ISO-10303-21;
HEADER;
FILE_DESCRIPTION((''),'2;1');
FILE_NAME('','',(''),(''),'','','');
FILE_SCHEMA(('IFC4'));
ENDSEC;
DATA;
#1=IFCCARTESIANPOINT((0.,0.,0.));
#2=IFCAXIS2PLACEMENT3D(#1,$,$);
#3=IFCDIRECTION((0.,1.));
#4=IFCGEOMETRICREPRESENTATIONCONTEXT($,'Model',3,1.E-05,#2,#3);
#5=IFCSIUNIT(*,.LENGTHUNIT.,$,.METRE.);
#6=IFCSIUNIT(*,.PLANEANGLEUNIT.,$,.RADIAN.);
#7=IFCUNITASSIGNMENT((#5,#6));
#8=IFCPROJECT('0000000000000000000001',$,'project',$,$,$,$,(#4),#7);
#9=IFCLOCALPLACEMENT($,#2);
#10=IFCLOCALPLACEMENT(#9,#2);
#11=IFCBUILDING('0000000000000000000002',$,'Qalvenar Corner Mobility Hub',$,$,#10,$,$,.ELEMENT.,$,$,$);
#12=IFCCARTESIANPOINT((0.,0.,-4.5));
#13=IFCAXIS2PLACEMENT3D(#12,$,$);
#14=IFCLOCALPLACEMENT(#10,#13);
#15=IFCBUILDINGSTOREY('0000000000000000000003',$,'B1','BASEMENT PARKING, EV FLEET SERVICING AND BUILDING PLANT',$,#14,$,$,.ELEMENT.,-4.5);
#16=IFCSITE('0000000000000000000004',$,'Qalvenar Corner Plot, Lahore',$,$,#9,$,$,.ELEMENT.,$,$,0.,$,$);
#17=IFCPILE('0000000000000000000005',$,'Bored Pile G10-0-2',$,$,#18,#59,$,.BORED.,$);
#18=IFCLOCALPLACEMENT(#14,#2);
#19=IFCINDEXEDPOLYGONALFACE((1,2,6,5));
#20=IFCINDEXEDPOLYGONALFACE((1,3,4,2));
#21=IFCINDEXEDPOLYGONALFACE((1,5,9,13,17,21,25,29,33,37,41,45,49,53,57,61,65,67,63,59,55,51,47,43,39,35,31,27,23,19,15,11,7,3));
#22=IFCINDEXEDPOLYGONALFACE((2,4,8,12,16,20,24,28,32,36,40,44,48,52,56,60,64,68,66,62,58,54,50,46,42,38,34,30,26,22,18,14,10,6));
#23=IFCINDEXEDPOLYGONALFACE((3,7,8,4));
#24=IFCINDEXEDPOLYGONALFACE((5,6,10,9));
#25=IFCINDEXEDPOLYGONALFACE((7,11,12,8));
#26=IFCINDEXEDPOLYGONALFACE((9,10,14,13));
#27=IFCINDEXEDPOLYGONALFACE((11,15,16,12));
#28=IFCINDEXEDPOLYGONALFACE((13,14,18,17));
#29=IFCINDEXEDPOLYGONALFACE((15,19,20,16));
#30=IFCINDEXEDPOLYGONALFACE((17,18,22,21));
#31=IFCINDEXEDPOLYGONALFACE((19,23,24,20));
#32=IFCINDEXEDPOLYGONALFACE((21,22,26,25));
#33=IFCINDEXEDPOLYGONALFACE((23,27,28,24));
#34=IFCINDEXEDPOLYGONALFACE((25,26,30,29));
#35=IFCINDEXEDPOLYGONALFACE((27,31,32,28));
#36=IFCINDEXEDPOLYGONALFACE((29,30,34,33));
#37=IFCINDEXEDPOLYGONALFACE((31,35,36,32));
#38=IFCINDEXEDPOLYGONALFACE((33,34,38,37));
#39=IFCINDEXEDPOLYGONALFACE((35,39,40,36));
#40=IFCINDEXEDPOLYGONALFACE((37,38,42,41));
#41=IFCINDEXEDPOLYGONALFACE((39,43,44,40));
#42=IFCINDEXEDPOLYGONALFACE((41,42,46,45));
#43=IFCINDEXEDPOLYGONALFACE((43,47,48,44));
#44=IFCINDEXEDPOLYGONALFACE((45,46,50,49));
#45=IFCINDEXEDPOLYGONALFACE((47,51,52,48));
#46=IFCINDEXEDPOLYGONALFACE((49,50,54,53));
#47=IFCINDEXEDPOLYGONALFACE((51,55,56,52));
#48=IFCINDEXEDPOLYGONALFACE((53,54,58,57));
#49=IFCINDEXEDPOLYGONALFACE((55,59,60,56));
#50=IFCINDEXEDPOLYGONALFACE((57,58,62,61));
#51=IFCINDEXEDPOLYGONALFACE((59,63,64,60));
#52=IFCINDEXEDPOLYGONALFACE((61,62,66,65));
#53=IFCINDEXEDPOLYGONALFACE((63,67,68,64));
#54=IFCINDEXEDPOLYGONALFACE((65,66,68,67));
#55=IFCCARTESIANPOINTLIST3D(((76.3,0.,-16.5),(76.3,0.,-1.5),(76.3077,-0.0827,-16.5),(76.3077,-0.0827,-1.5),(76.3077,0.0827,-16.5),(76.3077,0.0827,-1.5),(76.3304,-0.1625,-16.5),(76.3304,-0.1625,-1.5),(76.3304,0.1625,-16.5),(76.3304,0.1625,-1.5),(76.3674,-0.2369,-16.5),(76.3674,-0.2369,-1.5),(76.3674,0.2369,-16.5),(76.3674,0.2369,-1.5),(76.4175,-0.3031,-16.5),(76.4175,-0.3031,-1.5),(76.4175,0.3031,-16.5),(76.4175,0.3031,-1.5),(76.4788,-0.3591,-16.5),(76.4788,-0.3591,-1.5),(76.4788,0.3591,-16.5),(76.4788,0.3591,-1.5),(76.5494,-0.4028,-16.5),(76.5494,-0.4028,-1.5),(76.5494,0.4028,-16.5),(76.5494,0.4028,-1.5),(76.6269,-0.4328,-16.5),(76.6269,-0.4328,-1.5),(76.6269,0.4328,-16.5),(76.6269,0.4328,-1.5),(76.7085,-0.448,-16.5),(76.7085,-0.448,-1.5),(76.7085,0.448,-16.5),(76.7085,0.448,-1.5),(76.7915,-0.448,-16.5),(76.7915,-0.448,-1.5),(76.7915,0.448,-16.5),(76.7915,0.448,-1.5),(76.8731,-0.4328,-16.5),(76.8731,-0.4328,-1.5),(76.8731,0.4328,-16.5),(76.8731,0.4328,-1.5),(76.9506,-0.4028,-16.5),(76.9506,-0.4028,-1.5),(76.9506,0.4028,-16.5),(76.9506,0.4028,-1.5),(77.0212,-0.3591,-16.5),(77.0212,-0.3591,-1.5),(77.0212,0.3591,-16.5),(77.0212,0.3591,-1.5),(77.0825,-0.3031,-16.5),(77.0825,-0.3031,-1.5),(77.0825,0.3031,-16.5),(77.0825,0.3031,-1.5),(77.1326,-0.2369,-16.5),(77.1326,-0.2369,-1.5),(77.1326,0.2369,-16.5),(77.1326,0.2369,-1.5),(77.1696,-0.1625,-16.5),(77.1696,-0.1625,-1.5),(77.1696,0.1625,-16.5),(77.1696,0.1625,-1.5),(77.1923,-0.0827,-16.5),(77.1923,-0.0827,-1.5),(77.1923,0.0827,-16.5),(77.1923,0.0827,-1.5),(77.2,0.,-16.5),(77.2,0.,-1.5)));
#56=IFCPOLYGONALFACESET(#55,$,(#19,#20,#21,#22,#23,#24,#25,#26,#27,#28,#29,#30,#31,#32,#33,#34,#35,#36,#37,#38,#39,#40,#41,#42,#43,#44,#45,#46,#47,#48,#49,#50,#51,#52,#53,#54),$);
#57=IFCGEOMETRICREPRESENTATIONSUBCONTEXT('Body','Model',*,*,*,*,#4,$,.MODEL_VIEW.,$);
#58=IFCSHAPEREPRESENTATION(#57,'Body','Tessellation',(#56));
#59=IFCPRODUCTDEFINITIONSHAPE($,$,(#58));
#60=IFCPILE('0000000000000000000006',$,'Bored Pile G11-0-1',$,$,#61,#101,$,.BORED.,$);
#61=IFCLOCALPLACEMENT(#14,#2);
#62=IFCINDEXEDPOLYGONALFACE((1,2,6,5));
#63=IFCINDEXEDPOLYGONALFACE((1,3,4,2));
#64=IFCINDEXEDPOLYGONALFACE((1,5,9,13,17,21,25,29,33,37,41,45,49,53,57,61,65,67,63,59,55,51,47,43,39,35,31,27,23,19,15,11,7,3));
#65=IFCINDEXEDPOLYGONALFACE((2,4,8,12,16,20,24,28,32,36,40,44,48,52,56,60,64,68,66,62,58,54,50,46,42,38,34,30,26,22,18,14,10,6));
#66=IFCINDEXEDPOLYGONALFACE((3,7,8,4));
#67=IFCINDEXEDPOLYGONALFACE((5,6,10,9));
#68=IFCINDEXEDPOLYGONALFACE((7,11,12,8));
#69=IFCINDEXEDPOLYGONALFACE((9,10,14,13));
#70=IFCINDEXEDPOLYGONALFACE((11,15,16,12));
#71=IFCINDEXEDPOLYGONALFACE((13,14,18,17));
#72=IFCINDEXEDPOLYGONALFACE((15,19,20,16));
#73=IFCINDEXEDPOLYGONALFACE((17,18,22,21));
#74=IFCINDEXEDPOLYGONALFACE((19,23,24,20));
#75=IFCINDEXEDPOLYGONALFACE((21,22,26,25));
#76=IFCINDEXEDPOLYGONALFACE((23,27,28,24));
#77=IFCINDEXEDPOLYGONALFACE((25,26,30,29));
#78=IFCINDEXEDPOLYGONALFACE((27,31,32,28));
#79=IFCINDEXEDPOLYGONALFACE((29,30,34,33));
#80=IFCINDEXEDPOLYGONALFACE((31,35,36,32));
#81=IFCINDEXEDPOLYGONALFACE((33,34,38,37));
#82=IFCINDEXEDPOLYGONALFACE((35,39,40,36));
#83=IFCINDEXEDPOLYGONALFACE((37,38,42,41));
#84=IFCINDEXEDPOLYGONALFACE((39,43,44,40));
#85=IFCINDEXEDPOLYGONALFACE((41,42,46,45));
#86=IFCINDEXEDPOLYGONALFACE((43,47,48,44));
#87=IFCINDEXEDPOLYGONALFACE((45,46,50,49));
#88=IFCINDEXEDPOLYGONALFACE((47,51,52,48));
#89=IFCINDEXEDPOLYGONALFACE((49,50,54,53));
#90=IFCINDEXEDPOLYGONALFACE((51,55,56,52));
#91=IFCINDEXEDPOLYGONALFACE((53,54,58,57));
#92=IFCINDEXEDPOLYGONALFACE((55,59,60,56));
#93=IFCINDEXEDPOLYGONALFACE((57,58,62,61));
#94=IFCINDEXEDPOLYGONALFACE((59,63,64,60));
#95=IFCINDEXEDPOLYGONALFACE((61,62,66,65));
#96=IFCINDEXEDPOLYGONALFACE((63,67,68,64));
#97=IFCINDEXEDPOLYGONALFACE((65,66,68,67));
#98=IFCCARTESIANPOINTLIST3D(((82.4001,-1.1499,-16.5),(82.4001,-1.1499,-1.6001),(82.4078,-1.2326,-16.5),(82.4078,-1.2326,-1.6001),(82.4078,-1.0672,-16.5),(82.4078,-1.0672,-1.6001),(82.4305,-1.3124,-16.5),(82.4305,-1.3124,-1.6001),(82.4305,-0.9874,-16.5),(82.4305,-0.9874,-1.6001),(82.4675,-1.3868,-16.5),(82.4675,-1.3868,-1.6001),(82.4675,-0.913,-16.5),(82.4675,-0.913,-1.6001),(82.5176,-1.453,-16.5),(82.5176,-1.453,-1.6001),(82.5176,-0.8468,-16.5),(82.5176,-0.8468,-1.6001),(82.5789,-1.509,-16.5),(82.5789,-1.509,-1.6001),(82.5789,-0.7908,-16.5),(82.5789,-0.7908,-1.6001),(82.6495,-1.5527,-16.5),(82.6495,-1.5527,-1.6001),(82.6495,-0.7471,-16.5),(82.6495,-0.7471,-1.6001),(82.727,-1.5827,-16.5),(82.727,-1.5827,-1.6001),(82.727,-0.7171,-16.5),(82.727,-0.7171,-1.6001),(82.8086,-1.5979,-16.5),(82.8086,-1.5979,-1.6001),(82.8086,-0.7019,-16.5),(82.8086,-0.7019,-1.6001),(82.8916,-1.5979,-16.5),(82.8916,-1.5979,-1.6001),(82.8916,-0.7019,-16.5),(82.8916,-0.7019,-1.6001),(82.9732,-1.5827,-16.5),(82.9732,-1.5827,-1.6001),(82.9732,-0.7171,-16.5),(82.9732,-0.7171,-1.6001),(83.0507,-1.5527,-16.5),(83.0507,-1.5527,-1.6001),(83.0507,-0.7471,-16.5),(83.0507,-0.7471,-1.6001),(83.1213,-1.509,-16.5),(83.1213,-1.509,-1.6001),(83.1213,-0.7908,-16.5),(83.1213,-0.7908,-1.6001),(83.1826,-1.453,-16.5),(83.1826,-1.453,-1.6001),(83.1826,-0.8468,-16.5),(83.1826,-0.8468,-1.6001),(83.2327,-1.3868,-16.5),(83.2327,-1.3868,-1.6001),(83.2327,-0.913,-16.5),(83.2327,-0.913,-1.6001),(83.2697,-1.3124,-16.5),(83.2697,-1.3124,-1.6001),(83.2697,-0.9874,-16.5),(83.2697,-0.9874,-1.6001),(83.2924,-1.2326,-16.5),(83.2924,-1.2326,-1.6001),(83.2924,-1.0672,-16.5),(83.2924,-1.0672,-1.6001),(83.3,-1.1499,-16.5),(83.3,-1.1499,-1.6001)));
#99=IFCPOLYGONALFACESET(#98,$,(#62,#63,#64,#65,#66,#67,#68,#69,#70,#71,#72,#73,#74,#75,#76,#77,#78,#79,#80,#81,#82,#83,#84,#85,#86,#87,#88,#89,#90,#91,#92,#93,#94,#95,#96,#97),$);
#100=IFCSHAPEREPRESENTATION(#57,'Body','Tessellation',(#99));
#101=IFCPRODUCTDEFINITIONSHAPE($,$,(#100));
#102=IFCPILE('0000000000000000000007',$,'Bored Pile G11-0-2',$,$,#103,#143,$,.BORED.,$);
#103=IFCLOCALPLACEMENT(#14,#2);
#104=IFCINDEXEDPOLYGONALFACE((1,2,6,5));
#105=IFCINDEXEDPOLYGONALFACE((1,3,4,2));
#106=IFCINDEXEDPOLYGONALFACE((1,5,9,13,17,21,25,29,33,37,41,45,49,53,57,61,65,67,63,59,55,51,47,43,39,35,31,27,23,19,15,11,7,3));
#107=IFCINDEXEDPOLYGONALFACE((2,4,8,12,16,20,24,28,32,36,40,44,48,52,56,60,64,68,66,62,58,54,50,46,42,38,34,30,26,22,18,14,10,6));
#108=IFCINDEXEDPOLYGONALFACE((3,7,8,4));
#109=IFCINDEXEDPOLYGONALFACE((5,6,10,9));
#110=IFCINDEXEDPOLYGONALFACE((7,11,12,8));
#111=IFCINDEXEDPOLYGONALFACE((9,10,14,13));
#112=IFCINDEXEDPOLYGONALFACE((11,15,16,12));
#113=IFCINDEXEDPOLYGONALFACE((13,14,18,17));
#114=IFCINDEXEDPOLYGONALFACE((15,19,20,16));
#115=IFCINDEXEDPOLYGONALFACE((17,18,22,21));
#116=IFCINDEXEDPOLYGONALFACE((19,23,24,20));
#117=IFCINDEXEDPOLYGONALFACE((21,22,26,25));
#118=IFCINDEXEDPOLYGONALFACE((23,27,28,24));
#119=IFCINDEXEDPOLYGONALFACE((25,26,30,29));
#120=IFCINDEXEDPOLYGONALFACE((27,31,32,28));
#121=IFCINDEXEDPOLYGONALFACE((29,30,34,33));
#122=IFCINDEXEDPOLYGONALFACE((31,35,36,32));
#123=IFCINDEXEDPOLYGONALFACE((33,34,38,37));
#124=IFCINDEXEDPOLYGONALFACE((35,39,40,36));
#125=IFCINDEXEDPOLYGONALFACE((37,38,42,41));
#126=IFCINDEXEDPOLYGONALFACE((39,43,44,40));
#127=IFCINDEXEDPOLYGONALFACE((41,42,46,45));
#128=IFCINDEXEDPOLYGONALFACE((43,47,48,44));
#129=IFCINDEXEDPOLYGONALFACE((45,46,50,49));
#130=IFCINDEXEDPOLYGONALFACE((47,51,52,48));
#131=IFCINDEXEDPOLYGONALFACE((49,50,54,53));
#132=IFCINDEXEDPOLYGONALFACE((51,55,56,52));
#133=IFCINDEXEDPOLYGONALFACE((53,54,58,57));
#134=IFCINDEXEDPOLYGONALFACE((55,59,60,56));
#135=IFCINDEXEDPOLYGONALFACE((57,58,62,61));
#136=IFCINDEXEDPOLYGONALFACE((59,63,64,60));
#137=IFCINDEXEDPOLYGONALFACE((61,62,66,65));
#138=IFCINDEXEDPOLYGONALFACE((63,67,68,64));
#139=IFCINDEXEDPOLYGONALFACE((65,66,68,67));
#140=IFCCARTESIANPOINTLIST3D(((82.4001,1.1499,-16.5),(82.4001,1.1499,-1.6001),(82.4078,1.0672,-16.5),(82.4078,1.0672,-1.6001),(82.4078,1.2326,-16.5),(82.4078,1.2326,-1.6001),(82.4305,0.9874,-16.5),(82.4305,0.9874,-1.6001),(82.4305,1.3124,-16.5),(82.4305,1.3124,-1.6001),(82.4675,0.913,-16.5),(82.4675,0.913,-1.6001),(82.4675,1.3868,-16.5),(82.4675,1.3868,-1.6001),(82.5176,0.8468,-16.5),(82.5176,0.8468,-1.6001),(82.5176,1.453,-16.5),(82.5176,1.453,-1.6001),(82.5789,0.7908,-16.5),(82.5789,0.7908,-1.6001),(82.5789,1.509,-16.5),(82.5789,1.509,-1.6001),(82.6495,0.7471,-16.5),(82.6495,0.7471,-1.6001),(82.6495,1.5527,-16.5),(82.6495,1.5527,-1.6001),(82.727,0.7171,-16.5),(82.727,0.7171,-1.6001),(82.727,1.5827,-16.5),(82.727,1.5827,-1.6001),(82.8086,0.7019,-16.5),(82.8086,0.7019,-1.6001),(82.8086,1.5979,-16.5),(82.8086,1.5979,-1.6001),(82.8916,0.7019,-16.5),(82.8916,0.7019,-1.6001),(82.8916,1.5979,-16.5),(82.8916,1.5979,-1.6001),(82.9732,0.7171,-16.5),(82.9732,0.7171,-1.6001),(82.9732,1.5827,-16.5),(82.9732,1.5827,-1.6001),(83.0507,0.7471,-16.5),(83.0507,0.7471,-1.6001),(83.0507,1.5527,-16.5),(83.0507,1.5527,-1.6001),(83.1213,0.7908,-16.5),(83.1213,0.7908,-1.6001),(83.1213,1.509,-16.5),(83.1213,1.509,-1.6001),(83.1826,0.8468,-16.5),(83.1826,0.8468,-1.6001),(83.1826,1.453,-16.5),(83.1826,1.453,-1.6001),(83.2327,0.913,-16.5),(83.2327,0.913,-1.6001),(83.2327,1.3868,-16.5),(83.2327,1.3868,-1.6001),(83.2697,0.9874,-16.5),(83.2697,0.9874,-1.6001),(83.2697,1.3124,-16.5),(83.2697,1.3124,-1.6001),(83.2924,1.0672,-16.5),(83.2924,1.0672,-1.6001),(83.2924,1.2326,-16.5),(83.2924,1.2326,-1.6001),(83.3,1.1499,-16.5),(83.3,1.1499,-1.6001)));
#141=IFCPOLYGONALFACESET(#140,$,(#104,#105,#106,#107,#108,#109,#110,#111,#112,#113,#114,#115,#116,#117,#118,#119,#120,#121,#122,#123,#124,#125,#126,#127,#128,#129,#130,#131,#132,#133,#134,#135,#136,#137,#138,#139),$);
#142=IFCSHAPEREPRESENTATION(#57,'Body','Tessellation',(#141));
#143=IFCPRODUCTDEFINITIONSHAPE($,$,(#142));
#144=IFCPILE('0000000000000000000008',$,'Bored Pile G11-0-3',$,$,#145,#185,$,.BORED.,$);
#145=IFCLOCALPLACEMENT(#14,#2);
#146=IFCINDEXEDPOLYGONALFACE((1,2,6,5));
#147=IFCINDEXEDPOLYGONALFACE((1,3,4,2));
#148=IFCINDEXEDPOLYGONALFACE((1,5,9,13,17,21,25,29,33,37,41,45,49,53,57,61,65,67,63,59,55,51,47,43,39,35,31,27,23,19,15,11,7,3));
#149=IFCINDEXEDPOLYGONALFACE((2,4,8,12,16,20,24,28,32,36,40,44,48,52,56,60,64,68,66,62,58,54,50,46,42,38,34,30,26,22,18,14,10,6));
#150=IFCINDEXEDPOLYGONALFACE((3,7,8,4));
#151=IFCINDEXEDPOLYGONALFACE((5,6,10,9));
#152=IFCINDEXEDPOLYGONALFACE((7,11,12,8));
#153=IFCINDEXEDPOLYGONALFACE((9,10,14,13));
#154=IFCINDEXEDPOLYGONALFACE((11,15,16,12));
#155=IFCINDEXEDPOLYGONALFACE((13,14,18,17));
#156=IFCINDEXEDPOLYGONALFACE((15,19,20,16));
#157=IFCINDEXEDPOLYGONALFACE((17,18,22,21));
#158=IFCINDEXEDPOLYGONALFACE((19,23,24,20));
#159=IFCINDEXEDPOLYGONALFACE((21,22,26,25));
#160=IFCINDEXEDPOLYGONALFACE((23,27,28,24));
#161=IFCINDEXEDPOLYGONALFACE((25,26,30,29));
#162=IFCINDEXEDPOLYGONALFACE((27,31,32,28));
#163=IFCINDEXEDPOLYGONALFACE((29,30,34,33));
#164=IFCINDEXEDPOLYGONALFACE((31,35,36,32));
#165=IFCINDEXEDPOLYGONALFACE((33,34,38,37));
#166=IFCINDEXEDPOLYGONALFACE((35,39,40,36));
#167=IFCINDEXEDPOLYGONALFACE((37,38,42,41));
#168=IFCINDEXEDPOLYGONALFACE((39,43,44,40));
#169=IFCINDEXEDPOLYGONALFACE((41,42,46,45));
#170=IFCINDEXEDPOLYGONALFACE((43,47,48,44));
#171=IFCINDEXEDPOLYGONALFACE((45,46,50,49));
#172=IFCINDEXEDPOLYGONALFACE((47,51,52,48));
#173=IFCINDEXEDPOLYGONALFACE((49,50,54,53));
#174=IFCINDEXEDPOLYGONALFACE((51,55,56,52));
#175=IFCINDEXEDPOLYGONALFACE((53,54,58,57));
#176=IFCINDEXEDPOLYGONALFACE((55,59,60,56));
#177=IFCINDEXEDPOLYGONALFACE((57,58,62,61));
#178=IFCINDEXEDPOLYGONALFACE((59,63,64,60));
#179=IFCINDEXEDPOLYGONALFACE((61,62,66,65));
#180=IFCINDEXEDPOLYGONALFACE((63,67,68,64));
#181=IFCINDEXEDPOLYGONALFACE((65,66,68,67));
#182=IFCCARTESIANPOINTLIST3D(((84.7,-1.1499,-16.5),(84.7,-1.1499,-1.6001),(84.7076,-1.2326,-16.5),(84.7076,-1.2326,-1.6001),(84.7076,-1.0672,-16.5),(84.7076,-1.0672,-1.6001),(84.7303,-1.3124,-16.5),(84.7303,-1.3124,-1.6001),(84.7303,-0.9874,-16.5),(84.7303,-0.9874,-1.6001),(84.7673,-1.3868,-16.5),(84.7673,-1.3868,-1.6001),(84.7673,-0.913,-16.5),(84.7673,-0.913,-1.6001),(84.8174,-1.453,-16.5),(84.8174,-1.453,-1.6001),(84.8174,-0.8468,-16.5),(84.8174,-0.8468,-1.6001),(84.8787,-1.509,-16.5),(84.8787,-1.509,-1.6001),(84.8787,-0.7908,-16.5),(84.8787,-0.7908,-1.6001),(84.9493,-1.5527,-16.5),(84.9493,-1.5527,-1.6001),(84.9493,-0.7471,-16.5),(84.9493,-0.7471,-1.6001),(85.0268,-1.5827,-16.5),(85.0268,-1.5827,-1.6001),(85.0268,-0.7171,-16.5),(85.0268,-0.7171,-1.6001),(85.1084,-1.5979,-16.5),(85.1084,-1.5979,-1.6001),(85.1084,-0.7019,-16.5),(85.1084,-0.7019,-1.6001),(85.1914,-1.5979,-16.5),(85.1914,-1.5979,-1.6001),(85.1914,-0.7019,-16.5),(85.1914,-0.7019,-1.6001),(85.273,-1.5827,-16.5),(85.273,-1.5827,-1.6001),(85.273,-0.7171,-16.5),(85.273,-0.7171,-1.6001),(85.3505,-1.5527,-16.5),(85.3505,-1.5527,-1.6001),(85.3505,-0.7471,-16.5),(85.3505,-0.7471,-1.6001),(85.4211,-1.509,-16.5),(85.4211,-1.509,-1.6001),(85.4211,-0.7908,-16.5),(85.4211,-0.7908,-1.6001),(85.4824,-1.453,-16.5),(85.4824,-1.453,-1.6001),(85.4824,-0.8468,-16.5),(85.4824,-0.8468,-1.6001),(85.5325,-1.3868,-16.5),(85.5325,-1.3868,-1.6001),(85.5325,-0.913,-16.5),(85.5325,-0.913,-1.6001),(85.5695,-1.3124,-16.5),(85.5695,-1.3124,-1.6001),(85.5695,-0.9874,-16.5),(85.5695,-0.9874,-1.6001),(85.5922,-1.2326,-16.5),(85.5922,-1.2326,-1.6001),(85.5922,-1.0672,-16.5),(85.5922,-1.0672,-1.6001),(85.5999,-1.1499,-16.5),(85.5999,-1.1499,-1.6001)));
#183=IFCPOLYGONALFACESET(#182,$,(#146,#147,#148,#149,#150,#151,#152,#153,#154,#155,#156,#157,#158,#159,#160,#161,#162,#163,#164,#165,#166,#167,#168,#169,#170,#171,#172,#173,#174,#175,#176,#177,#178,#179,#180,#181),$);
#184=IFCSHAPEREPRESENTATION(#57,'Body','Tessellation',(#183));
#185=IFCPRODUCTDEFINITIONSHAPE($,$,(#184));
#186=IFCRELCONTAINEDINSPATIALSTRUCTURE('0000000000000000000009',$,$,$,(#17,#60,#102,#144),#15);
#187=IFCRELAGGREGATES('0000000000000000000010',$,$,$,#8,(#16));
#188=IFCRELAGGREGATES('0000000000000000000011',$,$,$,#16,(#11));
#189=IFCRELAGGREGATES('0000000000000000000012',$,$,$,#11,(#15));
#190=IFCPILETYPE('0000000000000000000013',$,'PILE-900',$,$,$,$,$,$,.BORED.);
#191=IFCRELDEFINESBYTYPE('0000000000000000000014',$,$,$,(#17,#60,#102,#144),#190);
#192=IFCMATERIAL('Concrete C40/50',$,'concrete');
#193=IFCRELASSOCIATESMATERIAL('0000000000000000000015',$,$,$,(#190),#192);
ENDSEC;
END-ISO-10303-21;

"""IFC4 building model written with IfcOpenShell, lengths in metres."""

from ifc_helpers import new_model, si_unit, direction, frame, origin, origin_2d, place, context, subcontext, project, spatial, circle, extrude, material, material_profile, profile_set, type_object, element, save


model = new_model("IFC4")

# Units and contexts
model_context = context("Model", 3, precision=1e-05, world=origin(), true_north=direction((0.0, 1.0)))
body_context = subcontext(model_context, "Body", "Model", "MODEL_VIEW")
ifc_project = project(units=[si_unit("LENGTHUNIT", "METRE"), si_unit("PLANEANGLEUNIT", "RADIAN")], contexts=[model_context])

# Site, building, storey
site_placement = place(None, origin())
site = spatial("IfcSite", under=ifc_project, at=site_placement, Name="Qalvenar Corner Plot, Lahore", CompositionType="ELEMENT", RefElevation=0.0)
building_placement = place(site_placement, origin())
building = spatial("IfcBuilding", under=site, at=building_placement, Name="Qalvenar Corner Mobility Hub", CompositionType="ELEMENT")
storey_placement = place(building_placement, frame((0.0, 0.0, -4.5)))
storey = spatial("IfcBuildingStorey", under=building, at=storey_placement, Name="B1", Description="BASEMENT PARKING, EV FLEET SERVICING AND BUILDING PLANT", CompositionType="ELEMENT", Elevation=-4.5)

# Shared definitions
ifc_material_1 = material(Name="Concrete C40/50", Category="concrete")

# Piles
ifc_material_profile_1 = material_profile(ifc_material_1, circle(Radius=0.45, at=origin_2d()), Name="DIA900")
ifc_profile_set_1 = profile_set([ifc_material_profile_1], Name="Concrete C40/50")
pile_type_1 = type_object("IfcPileType", Name="PILE-900", PredefinedType="BORED", material=ifc_profile_set_1)
pile_placement = place(storey_placement, frame((76.75, 0.0, -1.5), z_axis=(0.0, 0.0, -1.0), x_axis=(1.0, 0.0, 0.0)))
element("IfcPile", 1, at=pile_placement, inside=storey, type_object=pile_type_1, Name="Bored Pile G10-0-2", PredefinedType="BORED", context=body_context, shape_type="SweptSolid", body=[
    extrude(circle(Radius=0.45, at=origin_2d()), origin(), (0.0, 0.0, 1.0), 15.0),
])
for number, where, z_axis, x_axis, name in (
    (2, (82.8501, -1.1499, -1.6001), (0.0, 0.0, -1.0), (1.0, 0.0, 0.0), "Bored Pile G11-0-1"),
    (3, (82.8501, 1.1499, -1.6001), (0.0, 0.0, -1.0), (1.0, 0.0, 0.0), "Bored Pile G11-0-2"),
    (4, (85.1499, -1.1499, -1.6001), (0.0, 0.0, -1.0), (1.0, 0.0, 0.0), "Bored Pile G11-0-3"),
):
    element("IfcPile", number, at=place(storey_placement, frame(where, z_axis=z_axis, x_axis=x_axis)), inside=storey, type_object=pile_type_1, Name=name, PredefinedType="BORED", context=body_context, shape_type="SweptSolid", body=[
        extrude(circle(Radius=0.45, at=origin_2d()), origin(), (0.0, 0.0, 1.0), 14.8999),
    ])

save(model, "model.ifc")
